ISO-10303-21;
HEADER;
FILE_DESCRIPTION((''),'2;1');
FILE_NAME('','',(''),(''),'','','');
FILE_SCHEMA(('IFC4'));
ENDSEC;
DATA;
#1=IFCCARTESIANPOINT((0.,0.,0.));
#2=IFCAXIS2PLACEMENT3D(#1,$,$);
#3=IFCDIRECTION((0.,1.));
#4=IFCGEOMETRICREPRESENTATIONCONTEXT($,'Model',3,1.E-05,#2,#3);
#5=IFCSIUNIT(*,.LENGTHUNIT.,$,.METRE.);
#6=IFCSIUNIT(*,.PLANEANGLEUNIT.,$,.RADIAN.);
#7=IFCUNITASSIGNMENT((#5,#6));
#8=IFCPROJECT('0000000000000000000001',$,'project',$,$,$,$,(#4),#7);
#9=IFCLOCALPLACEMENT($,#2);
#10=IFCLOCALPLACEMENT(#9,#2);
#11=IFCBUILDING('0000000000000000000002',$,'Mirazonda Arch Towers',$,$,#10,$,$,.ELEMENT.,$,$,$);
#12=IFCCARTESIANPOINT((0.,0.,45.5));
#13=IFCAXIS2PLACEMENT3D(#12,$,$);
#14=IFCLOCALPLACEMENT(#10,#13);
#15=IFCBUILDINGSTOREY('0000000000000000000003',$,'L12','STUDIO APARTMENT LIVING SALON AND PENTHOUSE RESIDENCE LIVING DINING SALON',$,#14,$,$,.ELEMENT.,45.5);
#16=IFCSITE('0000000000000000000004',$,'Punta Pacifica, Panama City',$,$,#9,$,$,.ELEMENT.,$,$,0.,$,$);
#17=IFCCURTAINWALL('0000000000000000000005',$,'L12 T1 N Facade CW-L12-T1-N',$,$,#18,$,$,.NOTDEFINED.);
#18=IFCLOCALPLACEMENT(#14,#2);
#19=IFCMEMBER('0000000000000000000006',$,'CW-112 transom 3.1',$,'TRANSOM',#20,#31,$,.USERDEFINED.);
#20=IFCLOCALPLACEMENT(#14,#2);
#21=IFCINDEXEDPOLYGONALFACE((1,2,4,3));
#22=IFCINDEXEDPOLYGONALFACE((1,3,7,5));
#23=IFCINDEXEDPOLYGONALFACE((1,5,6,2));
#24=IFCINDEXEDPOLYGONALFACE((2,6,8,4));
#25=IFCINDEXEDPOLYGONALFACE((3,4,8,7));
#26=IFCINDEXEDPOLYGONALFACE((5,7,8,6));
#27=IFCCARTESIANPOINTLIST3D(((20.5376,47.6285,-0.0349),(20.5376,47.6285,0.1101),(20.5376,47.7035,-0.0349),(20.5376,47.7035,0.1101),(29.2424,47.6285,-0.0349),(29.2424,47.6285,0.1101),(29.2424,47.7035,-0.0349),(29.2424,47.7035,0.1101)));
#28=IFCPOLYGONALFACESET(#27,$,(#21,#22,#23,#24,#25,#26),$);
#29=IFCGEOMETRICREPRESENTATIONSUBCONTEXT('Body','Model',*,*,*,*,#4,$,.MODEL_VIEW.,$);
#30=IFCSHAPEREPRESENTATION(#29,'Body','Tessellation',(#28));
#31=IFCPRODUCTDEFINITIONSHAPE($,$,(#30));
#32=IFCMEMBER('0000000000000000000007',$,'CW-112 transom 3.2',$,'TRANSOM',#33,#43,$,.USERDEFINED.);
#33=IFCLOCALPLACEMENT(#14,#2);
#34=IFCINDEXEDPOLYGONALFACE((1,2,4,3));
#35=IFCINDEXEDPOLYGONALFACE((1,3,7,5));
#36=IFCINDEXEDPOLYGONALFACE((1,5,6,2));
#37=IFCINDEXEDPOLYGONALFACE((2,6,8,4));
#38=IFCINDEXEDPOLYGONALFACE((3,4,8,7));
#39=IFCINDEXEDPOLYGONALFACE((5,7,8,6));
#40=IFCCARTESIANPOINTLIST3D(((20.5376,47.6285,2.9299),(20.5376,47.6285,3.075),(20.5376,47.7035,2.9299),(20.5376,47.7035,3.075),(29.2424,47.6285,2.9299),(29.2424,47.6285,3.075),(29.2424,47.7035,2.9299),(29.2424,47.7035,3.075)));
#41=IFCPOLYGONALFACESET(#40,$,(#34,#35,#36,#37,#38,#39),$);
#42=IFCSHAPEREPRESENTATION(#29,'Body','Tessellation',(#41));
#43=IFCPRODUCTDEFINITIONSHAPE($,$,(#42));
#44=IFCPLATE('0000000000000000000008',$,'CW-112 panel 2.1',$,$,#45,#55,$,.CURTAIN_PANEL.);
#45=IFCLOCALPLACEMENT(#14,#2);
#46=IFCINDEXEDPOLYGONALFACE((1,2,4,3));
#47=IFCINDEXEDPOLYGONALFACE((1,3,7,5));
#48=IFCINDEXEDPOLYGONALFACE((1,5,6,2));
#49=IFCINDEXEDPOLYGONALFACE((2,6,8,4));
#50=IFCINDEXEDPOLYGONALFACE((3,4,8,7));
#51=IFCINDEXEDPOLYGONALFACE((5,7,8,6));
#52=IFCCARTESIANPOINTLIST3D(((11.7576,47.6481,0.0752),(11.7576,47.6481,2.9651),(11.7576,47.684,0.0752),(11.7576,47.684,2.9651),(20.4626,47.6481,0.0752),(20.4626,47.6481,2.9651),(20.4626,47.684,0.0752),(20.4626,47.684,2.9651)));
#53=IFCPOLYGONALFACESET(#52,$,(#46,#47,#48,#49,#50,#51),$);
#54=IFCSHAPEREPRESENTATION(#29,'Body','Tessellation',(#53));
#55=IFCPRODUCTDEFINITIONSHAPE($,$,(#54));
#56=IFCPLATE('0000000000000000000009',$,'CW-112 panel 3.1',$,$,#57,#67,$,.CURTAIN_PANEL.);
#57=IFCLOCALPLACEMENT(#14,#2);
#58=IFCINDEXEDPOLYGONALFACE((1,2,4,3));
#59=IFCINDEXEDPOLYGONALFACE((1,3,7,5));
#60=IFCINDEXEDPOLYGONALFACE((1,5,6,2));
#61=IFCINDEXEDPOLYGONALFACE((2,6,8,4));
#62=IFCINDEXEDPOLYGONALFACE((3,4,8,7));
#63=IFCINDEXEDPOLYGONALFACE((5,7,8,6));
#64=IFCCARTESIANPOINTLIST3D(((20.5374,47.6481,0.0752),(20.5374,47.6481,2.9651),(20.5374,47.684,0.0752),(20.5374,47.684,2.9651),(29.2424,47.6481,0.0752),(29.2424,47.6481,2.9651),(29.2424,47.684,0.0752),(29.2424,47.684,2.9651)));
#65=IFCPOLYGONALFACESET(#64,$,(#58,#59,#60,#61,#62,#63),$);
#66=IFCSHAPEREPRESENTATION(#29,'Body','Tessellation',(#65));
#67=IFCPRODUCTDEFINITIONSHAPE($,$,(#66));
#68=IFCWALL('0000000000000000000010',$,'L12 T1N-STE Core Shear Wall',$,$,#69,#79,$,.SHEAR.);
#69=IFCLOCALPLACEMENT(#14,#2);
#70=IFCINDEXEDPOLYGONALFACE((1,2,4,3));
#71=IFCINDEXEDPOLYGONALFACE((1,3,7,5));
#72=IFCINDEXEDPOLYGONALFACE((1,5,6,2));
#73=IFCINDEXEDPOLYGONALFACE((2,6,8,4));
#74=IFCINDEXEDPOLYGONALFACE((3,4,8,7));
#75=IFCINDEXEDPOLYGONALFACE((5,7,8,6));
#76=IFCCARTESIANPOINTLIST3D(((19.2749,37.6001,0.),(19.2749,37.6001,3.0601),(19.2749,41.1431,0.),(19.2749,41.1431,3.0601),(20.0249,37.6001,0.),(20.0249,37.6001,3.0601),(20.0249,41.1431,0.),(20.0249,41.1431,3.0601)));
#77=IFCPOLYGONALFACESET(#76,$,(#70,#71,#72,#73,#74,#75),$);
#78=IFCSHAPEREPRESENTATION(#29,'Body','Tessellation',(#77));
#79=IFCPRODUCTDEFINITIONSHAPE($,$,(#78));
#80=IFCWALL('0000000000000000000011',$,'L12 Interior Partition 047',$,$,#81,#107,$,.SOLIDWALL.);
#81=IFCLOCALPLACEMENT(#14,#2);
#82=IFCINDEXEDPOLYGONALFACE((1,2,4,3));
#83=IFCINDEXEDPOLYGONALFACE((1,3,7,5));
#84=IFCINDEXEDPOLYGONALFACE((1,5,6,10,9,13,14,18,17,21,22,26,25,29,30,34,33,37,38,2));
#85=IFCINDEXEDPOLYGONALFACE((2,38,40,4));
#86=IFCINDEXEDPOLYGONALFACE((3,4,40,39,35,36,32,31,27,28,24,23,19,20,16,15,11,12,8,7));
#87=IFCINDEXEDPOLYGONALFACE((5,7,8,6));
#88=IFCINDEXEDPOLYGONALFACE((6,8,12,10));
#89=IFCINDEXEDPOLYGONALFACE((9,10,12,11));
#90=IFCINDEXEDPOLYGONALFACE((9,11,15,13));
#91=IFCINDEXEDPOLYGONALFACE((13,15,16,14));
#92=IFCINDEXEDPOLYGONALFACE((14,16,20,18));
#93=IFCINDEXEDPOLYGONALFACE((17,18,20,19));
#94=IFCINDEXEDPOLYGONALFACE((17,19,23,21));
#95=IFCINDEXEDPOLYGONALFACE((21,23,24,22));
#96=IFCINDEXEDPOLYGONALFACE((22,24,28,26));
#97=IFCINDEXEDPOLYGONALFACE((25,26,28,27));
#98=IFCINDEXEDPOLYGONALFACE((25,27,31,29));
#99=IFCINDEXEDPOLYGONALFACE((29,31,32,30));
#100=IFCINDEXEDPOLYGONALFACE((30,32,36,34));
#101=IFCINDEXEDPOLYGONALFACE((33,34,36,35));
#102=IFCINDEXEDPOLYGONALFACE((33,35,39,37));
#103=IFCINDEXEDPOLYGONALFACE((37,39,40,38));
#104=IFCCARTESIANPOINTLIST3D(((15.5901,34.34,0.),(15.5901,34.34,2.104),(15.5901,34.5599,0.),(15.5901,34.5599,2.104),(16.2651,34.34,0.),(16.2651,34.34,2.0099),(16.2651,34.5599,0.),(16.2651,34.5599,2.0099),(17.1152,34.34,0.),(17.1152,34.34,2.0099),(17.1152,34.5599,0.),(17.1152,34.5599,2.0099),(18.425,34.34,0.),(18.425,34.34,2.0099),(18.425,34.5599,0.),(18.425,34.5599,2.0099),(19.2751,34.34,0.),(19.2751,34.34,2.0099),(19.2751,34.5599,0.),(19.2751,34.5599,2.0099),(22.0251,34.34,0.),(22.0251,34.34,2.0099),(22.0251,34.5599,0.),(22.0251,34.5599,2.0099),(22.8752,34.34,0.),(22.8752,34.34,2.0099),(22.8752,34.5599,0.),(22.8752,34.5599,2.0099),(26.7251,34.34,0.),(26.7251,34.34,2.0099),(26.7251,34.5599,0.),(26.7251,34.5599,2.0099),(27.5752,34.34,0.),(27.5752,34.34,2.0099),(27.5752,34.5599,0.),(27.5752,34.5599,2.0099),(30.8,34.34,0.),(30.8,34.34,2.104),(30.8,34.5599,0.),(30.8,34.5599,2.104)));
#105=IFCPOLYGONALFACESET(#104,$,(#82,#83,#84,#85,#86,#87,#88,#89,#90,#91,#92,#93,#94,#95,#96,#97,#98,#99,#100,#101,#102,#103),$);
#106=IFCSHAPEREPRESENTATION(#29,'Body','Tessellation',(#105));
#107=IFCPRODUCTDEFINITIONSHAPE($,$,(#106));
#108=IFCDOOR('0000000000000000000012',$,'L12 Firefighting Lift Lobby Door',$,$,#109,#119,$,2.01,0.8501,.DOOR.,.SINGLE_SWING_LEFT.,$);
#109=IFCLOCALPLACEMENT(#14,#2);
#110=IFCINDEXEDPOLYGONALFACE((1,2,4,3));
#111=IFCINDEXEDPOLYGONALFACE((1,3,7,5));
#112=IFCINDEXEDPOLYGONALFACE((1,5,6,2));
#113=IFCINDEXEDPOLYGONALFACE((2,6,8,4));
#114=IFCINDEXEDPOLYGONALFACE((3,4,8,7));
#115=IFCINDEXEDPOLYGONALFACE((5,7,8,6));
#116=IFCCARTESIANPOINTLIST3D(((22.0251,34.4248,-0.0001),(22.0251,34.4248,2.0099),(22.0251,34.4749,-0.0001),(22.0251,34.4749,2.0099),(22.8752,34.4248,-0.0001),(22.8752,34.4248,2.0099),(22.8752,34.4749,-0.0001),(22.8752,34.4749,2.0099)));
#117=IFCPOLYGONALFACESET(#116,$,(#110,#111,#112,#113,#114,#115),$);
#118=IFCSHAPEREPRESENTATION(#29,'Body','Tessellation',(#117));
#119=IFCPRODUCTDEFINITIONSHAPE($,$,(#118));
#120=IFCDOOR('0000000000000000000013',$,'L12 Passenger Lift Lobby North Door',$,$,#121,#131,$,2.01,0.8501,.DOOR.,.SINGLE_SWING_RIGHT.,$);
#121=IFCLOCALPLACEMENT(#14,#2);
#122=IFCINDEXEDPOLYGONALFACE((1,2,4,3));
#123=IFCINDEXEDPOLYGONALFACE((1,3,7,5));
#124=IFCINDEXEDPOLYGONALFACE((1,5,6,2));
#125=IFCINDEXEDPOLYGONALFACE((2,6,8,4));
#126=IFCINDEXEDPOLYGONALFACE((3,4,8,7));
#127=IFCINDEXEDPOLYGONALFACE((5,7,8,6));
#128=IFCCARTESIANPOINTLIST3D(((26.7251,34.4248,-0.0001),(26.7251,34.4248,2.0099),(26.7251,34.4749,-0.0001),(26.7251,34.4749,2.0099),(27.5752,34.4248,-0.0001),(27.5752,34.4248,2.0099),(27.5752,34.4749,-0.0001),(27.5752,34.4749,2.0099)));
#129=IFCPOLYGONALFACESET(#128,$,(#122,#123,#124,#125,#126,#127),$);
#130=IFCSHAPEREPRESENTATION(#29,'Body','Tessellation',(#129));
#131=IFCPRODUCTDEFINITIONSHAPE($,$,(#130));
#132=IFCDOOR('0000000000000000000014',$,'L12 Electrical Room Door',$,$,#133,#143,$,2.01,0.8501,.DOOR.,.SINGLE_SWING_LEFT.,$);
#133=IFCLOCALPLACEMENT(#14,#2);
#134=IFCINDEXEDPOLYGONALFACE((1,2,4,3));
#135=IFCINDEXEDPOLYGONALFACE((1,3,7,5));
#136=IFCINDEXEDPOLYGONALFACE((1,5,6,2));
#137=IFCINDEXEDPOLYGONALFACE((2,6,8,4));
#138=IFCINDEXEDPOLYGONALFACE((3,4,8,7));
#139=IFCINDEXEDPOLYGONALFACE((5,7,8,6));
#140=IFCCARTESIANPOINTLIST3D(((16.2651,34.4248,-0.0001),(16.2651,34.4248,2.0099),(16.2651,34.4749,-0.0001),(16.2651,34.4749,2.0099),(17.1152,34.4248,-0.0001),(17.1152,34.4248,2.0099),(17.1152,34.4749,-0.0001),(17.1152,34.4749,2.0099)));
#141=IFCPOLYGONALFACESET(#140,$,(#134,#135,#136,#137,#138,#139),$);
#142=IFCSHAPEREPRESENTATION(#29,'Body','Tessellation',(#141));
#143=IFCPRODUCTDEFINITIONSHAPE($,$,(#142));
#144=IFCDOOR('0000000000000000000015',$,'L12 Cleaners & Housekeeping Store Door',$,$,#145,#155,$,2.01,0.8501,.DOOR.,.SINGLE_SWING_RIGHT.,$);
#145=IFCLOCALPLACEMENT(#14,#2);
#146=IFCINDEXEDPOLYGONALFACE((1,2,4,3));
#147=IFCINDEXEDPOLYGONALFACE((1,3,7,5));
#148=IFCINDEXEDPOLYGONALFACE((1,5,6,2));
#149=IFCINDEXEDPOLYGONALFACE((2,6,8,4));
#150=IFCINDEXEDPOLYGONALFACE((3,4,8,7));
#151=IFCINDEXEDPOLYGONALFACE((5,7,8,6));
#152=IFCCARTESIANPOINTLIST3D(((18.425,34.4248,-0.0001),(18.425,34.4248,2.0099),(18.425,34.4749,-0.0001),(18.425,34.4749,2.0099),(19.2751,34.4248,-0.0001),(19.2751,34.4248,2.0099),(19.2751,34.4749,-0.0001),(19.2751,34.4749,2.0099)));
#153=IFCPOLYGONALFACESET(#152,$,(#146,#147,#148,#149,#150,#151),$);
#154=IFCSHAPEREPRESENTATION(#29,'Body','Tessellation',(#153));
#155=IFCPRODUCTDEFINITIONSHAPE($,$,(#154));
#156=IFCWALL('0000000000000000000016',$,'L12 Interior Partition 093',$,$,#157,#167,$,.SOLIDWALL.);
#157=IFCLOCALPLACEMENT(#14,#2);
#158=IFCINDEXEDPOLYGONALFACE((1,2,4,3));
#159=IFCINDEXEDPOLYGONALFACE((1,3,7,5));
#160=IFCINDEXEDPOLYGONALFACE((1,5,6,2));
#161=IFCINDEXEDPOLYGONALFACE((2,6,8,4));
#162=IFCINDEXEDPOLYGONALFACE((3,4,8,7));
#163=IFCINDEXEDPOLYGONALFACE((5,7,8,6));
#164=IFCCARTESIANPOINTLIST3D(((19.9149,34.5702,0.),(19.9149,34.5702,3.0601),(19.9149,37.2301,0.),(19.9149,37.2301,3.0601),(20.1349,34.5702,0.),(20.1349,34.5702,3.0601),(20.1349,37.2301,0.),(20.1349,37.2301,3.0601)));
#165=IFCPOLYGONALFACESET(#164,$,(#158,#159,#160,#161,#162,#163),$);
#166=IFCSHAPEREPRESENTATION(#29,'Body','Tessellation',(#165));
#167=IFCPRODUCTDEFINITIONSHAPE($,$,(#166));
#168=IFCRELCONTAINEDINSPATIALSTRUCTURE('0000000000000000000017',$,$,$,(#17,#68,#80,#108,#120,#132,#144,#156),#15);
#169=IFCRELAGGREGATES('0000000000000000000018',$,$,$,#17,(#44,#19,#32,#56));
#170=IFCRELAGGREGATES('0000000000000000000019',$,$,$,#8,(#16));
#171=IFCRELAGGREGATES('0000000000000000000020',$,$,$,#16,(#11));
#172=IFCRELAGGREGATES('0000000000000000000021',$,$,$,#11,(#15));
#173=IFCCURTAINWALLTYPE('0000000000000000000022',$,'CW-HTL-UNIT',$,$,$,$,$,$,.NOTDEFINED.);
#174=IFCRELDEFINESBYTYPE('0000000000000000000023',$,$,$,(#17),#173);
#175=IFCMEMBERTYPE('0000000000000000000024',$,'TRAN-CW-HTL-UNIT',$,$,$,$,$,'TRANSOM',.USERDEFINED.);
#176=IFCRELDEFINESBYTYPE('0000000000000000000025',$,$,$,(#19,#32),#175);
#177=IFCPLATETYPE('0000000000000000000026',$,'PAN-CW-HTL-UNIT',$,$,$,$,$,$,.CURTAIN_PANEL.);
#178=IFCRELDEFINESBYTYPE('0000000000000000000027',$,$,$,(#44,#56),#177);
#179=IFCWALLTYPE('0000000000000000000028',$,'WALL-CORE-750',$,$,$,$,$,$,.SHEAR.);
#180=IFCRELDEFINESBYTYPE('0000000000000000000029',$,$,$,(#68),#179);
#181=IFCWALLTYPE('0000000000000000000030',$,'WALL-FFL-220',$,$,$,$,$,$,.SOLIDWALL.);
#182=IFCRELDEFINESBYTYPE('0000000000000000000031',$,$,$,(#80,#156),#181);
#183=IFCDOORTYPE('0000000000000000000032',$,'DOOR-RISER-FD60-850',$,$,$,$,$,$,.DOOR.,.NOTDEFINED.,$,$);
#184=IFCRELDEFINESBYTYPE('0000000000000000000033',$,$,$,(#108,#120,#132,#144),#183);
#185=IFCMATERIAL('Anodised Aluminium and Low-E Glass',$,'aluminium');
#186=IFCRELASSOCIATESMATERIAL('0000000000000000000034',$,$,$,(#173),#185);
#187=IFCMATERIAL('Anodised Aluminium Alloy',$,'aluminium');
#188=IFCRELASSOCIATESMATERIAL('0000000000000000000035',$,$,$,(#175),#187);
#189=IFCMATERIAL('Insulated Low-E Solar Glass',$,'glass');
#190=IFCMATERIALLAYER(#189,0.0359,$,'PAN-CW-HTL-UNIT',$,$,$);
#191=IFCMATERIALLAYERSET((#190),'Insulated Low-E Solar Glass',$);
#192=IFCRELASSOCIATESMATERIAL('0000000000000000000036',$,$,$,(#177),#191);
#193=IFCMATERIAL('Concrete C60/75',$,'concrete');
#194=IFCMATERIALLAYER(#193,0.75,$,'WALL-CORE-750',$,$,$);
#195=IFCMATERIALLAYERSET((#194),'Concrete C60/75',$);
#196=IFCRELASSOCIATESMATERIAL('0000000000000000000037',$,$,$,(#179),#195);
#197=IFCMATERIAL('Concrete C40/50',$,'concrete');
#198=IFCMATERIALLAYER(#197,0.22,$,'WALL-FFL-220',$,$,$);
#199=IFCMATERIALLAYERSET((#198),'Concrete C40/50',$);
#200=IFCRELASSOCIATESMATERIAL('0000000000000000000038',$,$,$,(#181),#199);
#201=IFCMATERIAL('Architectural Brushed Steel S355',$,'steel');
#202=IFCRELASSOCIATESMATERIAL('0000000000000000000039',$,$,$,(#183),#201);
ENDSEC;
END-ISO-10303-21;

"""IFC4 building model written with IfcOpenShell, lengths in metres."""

from ifc_helpers import new_model, si_unit, direction, frame, frame_2d, origin, origin_2d, place, context, subcontext, project, spatial, rectangle, extrude, material, layer, layer_set, material_profile, profile_set, type_object, element, fill, aggregate, save


model = new_model("IFC4")

# Units and contexts
model_context = context("Model", 3, precision=1e-05, world=origin(), true_north=direction((0.0, 1.0)))
body_context = subcontext(model_context, "Body", "Model", "MODEL_VIEW")
ifc_project = project(units=[si_unit("LENGTHUNIT", "METRE"), si_unit("PLANEANGLEUNIT", "RADIAN")], contexts=[model_context])

# Site, building, storey
site_placement = place(None, origin())
site = spatial("IfcSite", under=ifc_project, at=site_placement, Name="Punta Pacifica, Panama City", CompositionType="ELEMENT", RefElevation=0.0)
building_placement = place(site_placement, origin())
building = spatial("IfcBuilding", under=site, at=building_placement, Name="Mirazonda Arch Towers", CompositionType="ELEMENT")
storey_placement = place(building_placement, frame((0.0, 0.0, 45.5)))
storey = spatial("IfcBuildingStorey", under=building, at=storey_placement, Name="L12", Description="STUDIO APARTMENT LIVING SALON AND PENTHOUSE RESIDENCE LIVING DINING SALON", CompositionType="ELEMENT", Elevation=45.5)

# Shared definitions
ifc_material_1 = material(Name="Concrete C60/75", Category="concrete")

# Curtain wall, members, plates
ifc_material_2 = material(Name="Anodised Aluminium and Low-E Glass", Category="aluminium")
curtain_wall_type = type_object("IfcCurtainWallType", Name="CW-HTL-UNIT", PredefinedType="NOTDEFINED", material=ifc_material_2)
curtain_wall_placement = place(storey_placement, origin())
curtain_wall = element("IfcCurtainWall", 1, at=curtain_wall_placement, inside=storey, type_object=curtain_wall_type, Name="L12 T1 N Facade CW-L12-T1-N", PredefinedType="NOTDEFINED")
ifc_material_3 = material(Name="Anodised Aluminium Alloy", Category="aluminium")
ifc_material_profile_1 = material_profile(ifc_material_3, rectangle(XDim=0.075, YDim=0.145, at=origin_2d()), Name="ALU-TRAN-75x145")
ifc_profile_set_1 = profile_set([ifc_material_profile_1], Name="Anodised Aluminium Alloy")
member_type_1 = type_object("IfcMemberType", Name="TRAN-CW-HTL-UNIT", ElementType="TRANSOM", PredefinedType="USERDEFINED", material=ifc_profile_set_1)
member_1_placement = place(storey_placement, frame((20.5376, 47.666, 0.0376), z_axis=(1.0, 0.0, 0.0), x_axis=(0.0, 1.0, 0.0)))
member_1 = element("IfcMember", 2, at=member_1_placement, type_object=member_type_1, Name="CW-112 transom 3.1", ObjectType="TRANSOM", PredefinedType="USERDEFINED", context=body_context, shape_type="SweptSolid", body=[
    extrude(rectangle(XDim=0.075, YDim=0.145, at=origin_2d()), origin(), (0.0, 0.0, 1.0), 8.7048),
])
member_2_placement = place(storey_placement, frame((20.5376, 47.666, 3.0024), z_axis=(1.0, 0.0, 0.0), x_axis=(0.0, 1.0, 0.0)))
member_2 = element("IfcMember", 3, at=member_2_placement, type_object=member_type_1, Name="CW-112 transom 3.2", ObjectType="TRANSOM", PredefinedType="USERDEFINED", context=body_context, shape_type="SweptSolid", body=[
    extrude(rectangle(XDim=0.075, YDim=0.145, at=origin_2d()), origin(), (0.0, 0.0, 1.0), 8.7048),
])
ifc_material_4 = material(Name="Insulated Low-E Solar Glass", Category="glass")
ifc_layer_1 = layer(ifc_material_4, 0.0359, Name="PAN-CW-HTL-UNIT")
ifc_layer_set_1 = layer_set([ifc_layer_1], Name="Insulated Low-E Solar Glass")
plate_type = type_object("IfcPlateType", Name="PAN-CW-HTL-UNIT", PredefinedType="CURTAIN_PANEL", material=ifc_layer_set_1)
plate_1_placement = place(storey_placement, frame((16.1101, 47.666, 0.0752), z_axis=(0.0, 0.0, 1.0), x_axis=(1.0, 0.0, 0.0)))
plate_1 = element("IfcPlate", 4, at=plate_1_placement, type_object=plate_type, Name="CW-112 panel 2.1", PredefinedType="CURTAIN_PANEL", context=body_context, shape_type="SweptSolid", body=[
    extrude(rectangle(XDim=8.7051, YDim=0.0359, at=origin_2d()), origin(), (0.0, 0.0, 1.0), 2.8899),
])
plate_2_placement = place(storey_placement, frame((24.8899, 47.666, 0.0752), z_axis=(0.0, 0.0, 1.0), x_axis=(1.0, 0.0, 0.0)))
plate_2 = element("IfcPlate", 5, at=plate_2_placement, type_object=plate_type, Name="CW-112 panel 3.1", PredefinedType="CURTAIN_PANEL", context=body_context, shape_type="SweptSolid", body=[
    extrude(rectangle(XDim=8.7051, YDim=0.0359, at=origin_2d()), origin(), (0.0, 0.0, 1.0), 2.8899),
])
aggregate(curtain_wall, [plate_1, member_1, member_2, plate_2])

# Wall
ifc_layer_2 = layer(ifc_material_1, 0.75, Name="WALL-CORE-750")
ifc_layer_set_2 = layer_set([ifc_layer_2], Name="Concrete C60/75")
wall_type_1 = type_object("IfcWallType", Name="WALL-CORE-750", PredefinedType="SHEAR", material=ifc_layer_set_2)
wall_1_placement = place(storey_placement, frame((19.6499, 37.6001, 0.0), z_axis=(0.0, 0.0, 1.0), x_axis=(0.0, 1.0, 0.0)))
element("IfcWall", 6, at=wall_1_placement, inside=storey, type_object=wall_type_1, Name="L12 T1N-STE Core Shear Wall", PredefinedType="SHEAR", context=body_context, shape_type="SweptSolid", body=[
    extrude(rectangle(XDim=3.543, YDim=0.75, at=frame_2d((1.7715, 0.0))), origin(), (0.0, 0.0, 1.0), 3.0601),
])

# Wall, openings, doors
ifc_material_5 = material(Name="Concrete C40/50", Category="concrete")
ifc_layer_3 = layer(ifc_material_5, 0.22, Name="WALL-FFL-220")
ifc_layer_set_3 = layer_set([ifc_layer_3], Name="Concrete C40/50")
wall_type_2 = type_object("IfcWallType", Name="WALL-FFL-220", PredefinedType="SOLIDWALL", material=ifc_layer_set_3)
wall_2_placement = place(storey_placement, frame((15.5901, 34.45, 0.0), z_axis=(0.0, 0.0, 1.0), x_axis=(1.0, 0.0, 0.0)))
wall_2 = element("IfcWall", 7, at=wall_2_placement, inside=storey, type_object=wall_type_2, Name="L12 Interior Partition 047", PredefinedType="SOLIDWALL", context=body_context, shape_type="SweptSolid", body=[
    extrude(rectangle(XDim=15.21, YDim=0.22, at=frame_2d((7.605, 0.0))), origin(), (0.0, 0.0, 1.0), 2.104),
])
opening_1_placement = place(wall_2_placement, frame((6.4351, 0.0, 0.0)))
opening_1 = element("IfcOpeningElement", 8, at=opening_1_placement, cuts=wall_2, PredefinedType="OPENING", context=body_context, shape_type="SweptSolid", body=[
    extrude(rectangle(XDim=0.8501, YDim=2.01, at=frame_2d((0.425, 1.0049))), frame((0.0, 0.1199, 0.0), z_axis=(0.0, -1.0, 0.0), x_axis=(1.0, 0.0, 0.0)), (0.0, 0.0, 1.0), 0.24),
])
opening_2_placement = place(wall_2_placement, frame((11.135, 0.0, 0.0)))
opening_2 = element("IfcOpeningElement", 9, at=opening_2_placement, cuts=wall_2, PredefinedType="OPENING", context=body_context, shape_type="SweptSolid", body=[
    extrude(rectangle(XDim=0.8501, YDim=2.01, at=frame_2d((0.425, 1.0049))), frame((0.0, 0.1199, 0.0), z_axis=(0.0, -1.0, 0.0), x_axis=(1.0, 0.0, 0.0)), (0.0, 0.0, 1.0), 0.24),
])
opening_3_placement = place(wall_2_placement, frame((0.675, 0.0, 0.0)))
opening_3 = element("IfcOpeningElement", 10, at=opening_3_placement, cuts=wall_2, PredefinedType="OPENING", context=body_context, shape_type="SweptSolid", body=[
    extrude(rectangle(XDim=0.8501, YDim=2.01, at=frame_2d((0.425, 1.0049))), frame((0.0, 0.1199, 0.0), z_axis=(0.0, -1.0, 0.0), x_axis=(1.0, 0.0, 0.0)), (0.0, 0.0, 1.0), 0.24),
])
opening_4_placement = place(wall_2_placement, frame((2.835, 0.0, 0.0)))
opening_4 = element("IfcOpeningElement", 11, at=opening_4_placement, cuts=wall_2, PredefinedType="OPENING", context=body_context, shape_type="SweptSolid", body=[
    extrude(rectangle(XDim=0.8501, YDim=2.01, at=frame_2d((0.425, 1.0049))), frame((0.0, 0.1199, 0.0), z_axis=(0.0, -1.0, 0.0), x_axis=(1.0, 0.0, 0.0)), (0.0, 0.0, 1.0), 0.24),
])
ifc_material_6 = material(Name="Architectural Brushed Steel S355", Category="steel")
door_type = type_object("IfcDoorType", Name="DOOR-RISER-FD60-850", OperationType="NOTDEFINED", PredefinedType="DOOR", material=ifc_material_6)
door_1_placement = place(opening_1_placement, origin())
door_1 = element("IfcDoor", 12, at=door_1_placement, inside=storey, type_object=door_type, Name="L12 Firefighting Lift Lobby Door", OperationType="SINGLE_SWING_LEFT", OverallHeight=2.01, OverallWidth=0.8501, PredefinedType="DOOR", context=body_context, shape_type="SweptSolid", body=[
    extrude(rectangle(XDim=0.8501, YDim=2.01, at=frame_2d((0.425, 1.0049))), frame((0.0, 0.0249, 0.0), z_axis=(0.0, -1.0, 0.0), x_axis=(1.0, 0.0, 0.0)), (0.0, 0.0, 1.0), 0.05),
])
fill(opening_1, door_1)
door_2_placement = place(opening_2_placement, origin())
door_2 = element("IfcDoor", 13, at=door_2_placement, inside=storey, type_object=door_type, Name="L12 Passenger Lift Lobby North Door", OperationType="SINGLE_SWING_RIGHT", OverallHeight=2.01, OverallWidth=0.8501, PredefinedType="DOOR", context=body_context, shape_type="SweptSolid", body=[
    extrude(rectangle(XDim=0.8501, YDim=2.01, at=frame_2d((0.425, 1.0049))), frame((0.0, 0.0249, 0.0), z_axis=(0.0, -1.0, 0.0), x_axis=(1.0, 0.0, 0.0)), (0.0, 0.0, 1.0), 0.05),
])
fill(opening_2, door_2)
door_3_placement = place(opening_3_placement, origin())
door_3 = element("IfcDoor", 14, at=door_3_placement, inside=storey, type_object=door_type, Name="L12 Electrical Room Door", OperationType="SINGLE_SWING_LEFT", OverallHeight=2.01, OverallWidth=0.8501, PredefinedType="DOOR", context=body_context, shape_type="SweptSolid", body=[
    extrude(rectangle(XDim=0.8501, YDim=2.01, at=frame_2d((0.425, 1.0049))), frame((0.0, 0.0249, 0.0), z_axis=(0.0, -1.0, 0.0), x_axis=(1.0, 0.0, 0.0)), (0.0, 0.0, 1.0), 0.05),
])
fill(opening_3, door_3)
door_4_placement = place(opening_4_placement, origin())
door_4 = element("IfcDoor", 15, at=door_4_placement, inside=storey, type_object=door_type, Name="L12 Cleaners & Housekeeping Store Door", OperationType="SINGLE_SWING_RIGHT", OverallHeight=2.01, OverallWidth=0.8501, PredefinedType="DOOR", context=body_context, shape_type="SweptSolid", body=[
    extrude(rectangle(XDim=0.8501, YDim=2.01, at=frame_2d((0.425, 1.0049))), frame((0.0, 0.0249, 0.0), z_axis=(0.0, -1.0, 0.0), x_axis=(1.0, 0.0, 0.0)), (0.0, 0.0, 1.0), 0.05),
])
fill(opening_4, door_4)

# Wall
for number, where, z_axis, x_axis, name in (
    (16, (20.0249, 34.5701, 0.0), (0.0, 0.0, 1.0), (0.0, 1.0, 0.0), "L12 Interior Partition 093"),
):
    element("IfcWall", number, at=place(storey_placement, frame(where, z_axis=z_axis, x_axis=x_axis)), inside=storey, type_object=wall_type_2, Name=name, PredefinedType="SOLIDWALL", context=body_context, shape_type="SweptSolid", body=[
        extrude(rectangle(XDim=2.6599, YDim=0.22, at=frame_2d((1.3301, 0.0))), origin(), (0.0, 0.0, 1.0), 3.0601),
    ])

save(model, "model.ifc")
